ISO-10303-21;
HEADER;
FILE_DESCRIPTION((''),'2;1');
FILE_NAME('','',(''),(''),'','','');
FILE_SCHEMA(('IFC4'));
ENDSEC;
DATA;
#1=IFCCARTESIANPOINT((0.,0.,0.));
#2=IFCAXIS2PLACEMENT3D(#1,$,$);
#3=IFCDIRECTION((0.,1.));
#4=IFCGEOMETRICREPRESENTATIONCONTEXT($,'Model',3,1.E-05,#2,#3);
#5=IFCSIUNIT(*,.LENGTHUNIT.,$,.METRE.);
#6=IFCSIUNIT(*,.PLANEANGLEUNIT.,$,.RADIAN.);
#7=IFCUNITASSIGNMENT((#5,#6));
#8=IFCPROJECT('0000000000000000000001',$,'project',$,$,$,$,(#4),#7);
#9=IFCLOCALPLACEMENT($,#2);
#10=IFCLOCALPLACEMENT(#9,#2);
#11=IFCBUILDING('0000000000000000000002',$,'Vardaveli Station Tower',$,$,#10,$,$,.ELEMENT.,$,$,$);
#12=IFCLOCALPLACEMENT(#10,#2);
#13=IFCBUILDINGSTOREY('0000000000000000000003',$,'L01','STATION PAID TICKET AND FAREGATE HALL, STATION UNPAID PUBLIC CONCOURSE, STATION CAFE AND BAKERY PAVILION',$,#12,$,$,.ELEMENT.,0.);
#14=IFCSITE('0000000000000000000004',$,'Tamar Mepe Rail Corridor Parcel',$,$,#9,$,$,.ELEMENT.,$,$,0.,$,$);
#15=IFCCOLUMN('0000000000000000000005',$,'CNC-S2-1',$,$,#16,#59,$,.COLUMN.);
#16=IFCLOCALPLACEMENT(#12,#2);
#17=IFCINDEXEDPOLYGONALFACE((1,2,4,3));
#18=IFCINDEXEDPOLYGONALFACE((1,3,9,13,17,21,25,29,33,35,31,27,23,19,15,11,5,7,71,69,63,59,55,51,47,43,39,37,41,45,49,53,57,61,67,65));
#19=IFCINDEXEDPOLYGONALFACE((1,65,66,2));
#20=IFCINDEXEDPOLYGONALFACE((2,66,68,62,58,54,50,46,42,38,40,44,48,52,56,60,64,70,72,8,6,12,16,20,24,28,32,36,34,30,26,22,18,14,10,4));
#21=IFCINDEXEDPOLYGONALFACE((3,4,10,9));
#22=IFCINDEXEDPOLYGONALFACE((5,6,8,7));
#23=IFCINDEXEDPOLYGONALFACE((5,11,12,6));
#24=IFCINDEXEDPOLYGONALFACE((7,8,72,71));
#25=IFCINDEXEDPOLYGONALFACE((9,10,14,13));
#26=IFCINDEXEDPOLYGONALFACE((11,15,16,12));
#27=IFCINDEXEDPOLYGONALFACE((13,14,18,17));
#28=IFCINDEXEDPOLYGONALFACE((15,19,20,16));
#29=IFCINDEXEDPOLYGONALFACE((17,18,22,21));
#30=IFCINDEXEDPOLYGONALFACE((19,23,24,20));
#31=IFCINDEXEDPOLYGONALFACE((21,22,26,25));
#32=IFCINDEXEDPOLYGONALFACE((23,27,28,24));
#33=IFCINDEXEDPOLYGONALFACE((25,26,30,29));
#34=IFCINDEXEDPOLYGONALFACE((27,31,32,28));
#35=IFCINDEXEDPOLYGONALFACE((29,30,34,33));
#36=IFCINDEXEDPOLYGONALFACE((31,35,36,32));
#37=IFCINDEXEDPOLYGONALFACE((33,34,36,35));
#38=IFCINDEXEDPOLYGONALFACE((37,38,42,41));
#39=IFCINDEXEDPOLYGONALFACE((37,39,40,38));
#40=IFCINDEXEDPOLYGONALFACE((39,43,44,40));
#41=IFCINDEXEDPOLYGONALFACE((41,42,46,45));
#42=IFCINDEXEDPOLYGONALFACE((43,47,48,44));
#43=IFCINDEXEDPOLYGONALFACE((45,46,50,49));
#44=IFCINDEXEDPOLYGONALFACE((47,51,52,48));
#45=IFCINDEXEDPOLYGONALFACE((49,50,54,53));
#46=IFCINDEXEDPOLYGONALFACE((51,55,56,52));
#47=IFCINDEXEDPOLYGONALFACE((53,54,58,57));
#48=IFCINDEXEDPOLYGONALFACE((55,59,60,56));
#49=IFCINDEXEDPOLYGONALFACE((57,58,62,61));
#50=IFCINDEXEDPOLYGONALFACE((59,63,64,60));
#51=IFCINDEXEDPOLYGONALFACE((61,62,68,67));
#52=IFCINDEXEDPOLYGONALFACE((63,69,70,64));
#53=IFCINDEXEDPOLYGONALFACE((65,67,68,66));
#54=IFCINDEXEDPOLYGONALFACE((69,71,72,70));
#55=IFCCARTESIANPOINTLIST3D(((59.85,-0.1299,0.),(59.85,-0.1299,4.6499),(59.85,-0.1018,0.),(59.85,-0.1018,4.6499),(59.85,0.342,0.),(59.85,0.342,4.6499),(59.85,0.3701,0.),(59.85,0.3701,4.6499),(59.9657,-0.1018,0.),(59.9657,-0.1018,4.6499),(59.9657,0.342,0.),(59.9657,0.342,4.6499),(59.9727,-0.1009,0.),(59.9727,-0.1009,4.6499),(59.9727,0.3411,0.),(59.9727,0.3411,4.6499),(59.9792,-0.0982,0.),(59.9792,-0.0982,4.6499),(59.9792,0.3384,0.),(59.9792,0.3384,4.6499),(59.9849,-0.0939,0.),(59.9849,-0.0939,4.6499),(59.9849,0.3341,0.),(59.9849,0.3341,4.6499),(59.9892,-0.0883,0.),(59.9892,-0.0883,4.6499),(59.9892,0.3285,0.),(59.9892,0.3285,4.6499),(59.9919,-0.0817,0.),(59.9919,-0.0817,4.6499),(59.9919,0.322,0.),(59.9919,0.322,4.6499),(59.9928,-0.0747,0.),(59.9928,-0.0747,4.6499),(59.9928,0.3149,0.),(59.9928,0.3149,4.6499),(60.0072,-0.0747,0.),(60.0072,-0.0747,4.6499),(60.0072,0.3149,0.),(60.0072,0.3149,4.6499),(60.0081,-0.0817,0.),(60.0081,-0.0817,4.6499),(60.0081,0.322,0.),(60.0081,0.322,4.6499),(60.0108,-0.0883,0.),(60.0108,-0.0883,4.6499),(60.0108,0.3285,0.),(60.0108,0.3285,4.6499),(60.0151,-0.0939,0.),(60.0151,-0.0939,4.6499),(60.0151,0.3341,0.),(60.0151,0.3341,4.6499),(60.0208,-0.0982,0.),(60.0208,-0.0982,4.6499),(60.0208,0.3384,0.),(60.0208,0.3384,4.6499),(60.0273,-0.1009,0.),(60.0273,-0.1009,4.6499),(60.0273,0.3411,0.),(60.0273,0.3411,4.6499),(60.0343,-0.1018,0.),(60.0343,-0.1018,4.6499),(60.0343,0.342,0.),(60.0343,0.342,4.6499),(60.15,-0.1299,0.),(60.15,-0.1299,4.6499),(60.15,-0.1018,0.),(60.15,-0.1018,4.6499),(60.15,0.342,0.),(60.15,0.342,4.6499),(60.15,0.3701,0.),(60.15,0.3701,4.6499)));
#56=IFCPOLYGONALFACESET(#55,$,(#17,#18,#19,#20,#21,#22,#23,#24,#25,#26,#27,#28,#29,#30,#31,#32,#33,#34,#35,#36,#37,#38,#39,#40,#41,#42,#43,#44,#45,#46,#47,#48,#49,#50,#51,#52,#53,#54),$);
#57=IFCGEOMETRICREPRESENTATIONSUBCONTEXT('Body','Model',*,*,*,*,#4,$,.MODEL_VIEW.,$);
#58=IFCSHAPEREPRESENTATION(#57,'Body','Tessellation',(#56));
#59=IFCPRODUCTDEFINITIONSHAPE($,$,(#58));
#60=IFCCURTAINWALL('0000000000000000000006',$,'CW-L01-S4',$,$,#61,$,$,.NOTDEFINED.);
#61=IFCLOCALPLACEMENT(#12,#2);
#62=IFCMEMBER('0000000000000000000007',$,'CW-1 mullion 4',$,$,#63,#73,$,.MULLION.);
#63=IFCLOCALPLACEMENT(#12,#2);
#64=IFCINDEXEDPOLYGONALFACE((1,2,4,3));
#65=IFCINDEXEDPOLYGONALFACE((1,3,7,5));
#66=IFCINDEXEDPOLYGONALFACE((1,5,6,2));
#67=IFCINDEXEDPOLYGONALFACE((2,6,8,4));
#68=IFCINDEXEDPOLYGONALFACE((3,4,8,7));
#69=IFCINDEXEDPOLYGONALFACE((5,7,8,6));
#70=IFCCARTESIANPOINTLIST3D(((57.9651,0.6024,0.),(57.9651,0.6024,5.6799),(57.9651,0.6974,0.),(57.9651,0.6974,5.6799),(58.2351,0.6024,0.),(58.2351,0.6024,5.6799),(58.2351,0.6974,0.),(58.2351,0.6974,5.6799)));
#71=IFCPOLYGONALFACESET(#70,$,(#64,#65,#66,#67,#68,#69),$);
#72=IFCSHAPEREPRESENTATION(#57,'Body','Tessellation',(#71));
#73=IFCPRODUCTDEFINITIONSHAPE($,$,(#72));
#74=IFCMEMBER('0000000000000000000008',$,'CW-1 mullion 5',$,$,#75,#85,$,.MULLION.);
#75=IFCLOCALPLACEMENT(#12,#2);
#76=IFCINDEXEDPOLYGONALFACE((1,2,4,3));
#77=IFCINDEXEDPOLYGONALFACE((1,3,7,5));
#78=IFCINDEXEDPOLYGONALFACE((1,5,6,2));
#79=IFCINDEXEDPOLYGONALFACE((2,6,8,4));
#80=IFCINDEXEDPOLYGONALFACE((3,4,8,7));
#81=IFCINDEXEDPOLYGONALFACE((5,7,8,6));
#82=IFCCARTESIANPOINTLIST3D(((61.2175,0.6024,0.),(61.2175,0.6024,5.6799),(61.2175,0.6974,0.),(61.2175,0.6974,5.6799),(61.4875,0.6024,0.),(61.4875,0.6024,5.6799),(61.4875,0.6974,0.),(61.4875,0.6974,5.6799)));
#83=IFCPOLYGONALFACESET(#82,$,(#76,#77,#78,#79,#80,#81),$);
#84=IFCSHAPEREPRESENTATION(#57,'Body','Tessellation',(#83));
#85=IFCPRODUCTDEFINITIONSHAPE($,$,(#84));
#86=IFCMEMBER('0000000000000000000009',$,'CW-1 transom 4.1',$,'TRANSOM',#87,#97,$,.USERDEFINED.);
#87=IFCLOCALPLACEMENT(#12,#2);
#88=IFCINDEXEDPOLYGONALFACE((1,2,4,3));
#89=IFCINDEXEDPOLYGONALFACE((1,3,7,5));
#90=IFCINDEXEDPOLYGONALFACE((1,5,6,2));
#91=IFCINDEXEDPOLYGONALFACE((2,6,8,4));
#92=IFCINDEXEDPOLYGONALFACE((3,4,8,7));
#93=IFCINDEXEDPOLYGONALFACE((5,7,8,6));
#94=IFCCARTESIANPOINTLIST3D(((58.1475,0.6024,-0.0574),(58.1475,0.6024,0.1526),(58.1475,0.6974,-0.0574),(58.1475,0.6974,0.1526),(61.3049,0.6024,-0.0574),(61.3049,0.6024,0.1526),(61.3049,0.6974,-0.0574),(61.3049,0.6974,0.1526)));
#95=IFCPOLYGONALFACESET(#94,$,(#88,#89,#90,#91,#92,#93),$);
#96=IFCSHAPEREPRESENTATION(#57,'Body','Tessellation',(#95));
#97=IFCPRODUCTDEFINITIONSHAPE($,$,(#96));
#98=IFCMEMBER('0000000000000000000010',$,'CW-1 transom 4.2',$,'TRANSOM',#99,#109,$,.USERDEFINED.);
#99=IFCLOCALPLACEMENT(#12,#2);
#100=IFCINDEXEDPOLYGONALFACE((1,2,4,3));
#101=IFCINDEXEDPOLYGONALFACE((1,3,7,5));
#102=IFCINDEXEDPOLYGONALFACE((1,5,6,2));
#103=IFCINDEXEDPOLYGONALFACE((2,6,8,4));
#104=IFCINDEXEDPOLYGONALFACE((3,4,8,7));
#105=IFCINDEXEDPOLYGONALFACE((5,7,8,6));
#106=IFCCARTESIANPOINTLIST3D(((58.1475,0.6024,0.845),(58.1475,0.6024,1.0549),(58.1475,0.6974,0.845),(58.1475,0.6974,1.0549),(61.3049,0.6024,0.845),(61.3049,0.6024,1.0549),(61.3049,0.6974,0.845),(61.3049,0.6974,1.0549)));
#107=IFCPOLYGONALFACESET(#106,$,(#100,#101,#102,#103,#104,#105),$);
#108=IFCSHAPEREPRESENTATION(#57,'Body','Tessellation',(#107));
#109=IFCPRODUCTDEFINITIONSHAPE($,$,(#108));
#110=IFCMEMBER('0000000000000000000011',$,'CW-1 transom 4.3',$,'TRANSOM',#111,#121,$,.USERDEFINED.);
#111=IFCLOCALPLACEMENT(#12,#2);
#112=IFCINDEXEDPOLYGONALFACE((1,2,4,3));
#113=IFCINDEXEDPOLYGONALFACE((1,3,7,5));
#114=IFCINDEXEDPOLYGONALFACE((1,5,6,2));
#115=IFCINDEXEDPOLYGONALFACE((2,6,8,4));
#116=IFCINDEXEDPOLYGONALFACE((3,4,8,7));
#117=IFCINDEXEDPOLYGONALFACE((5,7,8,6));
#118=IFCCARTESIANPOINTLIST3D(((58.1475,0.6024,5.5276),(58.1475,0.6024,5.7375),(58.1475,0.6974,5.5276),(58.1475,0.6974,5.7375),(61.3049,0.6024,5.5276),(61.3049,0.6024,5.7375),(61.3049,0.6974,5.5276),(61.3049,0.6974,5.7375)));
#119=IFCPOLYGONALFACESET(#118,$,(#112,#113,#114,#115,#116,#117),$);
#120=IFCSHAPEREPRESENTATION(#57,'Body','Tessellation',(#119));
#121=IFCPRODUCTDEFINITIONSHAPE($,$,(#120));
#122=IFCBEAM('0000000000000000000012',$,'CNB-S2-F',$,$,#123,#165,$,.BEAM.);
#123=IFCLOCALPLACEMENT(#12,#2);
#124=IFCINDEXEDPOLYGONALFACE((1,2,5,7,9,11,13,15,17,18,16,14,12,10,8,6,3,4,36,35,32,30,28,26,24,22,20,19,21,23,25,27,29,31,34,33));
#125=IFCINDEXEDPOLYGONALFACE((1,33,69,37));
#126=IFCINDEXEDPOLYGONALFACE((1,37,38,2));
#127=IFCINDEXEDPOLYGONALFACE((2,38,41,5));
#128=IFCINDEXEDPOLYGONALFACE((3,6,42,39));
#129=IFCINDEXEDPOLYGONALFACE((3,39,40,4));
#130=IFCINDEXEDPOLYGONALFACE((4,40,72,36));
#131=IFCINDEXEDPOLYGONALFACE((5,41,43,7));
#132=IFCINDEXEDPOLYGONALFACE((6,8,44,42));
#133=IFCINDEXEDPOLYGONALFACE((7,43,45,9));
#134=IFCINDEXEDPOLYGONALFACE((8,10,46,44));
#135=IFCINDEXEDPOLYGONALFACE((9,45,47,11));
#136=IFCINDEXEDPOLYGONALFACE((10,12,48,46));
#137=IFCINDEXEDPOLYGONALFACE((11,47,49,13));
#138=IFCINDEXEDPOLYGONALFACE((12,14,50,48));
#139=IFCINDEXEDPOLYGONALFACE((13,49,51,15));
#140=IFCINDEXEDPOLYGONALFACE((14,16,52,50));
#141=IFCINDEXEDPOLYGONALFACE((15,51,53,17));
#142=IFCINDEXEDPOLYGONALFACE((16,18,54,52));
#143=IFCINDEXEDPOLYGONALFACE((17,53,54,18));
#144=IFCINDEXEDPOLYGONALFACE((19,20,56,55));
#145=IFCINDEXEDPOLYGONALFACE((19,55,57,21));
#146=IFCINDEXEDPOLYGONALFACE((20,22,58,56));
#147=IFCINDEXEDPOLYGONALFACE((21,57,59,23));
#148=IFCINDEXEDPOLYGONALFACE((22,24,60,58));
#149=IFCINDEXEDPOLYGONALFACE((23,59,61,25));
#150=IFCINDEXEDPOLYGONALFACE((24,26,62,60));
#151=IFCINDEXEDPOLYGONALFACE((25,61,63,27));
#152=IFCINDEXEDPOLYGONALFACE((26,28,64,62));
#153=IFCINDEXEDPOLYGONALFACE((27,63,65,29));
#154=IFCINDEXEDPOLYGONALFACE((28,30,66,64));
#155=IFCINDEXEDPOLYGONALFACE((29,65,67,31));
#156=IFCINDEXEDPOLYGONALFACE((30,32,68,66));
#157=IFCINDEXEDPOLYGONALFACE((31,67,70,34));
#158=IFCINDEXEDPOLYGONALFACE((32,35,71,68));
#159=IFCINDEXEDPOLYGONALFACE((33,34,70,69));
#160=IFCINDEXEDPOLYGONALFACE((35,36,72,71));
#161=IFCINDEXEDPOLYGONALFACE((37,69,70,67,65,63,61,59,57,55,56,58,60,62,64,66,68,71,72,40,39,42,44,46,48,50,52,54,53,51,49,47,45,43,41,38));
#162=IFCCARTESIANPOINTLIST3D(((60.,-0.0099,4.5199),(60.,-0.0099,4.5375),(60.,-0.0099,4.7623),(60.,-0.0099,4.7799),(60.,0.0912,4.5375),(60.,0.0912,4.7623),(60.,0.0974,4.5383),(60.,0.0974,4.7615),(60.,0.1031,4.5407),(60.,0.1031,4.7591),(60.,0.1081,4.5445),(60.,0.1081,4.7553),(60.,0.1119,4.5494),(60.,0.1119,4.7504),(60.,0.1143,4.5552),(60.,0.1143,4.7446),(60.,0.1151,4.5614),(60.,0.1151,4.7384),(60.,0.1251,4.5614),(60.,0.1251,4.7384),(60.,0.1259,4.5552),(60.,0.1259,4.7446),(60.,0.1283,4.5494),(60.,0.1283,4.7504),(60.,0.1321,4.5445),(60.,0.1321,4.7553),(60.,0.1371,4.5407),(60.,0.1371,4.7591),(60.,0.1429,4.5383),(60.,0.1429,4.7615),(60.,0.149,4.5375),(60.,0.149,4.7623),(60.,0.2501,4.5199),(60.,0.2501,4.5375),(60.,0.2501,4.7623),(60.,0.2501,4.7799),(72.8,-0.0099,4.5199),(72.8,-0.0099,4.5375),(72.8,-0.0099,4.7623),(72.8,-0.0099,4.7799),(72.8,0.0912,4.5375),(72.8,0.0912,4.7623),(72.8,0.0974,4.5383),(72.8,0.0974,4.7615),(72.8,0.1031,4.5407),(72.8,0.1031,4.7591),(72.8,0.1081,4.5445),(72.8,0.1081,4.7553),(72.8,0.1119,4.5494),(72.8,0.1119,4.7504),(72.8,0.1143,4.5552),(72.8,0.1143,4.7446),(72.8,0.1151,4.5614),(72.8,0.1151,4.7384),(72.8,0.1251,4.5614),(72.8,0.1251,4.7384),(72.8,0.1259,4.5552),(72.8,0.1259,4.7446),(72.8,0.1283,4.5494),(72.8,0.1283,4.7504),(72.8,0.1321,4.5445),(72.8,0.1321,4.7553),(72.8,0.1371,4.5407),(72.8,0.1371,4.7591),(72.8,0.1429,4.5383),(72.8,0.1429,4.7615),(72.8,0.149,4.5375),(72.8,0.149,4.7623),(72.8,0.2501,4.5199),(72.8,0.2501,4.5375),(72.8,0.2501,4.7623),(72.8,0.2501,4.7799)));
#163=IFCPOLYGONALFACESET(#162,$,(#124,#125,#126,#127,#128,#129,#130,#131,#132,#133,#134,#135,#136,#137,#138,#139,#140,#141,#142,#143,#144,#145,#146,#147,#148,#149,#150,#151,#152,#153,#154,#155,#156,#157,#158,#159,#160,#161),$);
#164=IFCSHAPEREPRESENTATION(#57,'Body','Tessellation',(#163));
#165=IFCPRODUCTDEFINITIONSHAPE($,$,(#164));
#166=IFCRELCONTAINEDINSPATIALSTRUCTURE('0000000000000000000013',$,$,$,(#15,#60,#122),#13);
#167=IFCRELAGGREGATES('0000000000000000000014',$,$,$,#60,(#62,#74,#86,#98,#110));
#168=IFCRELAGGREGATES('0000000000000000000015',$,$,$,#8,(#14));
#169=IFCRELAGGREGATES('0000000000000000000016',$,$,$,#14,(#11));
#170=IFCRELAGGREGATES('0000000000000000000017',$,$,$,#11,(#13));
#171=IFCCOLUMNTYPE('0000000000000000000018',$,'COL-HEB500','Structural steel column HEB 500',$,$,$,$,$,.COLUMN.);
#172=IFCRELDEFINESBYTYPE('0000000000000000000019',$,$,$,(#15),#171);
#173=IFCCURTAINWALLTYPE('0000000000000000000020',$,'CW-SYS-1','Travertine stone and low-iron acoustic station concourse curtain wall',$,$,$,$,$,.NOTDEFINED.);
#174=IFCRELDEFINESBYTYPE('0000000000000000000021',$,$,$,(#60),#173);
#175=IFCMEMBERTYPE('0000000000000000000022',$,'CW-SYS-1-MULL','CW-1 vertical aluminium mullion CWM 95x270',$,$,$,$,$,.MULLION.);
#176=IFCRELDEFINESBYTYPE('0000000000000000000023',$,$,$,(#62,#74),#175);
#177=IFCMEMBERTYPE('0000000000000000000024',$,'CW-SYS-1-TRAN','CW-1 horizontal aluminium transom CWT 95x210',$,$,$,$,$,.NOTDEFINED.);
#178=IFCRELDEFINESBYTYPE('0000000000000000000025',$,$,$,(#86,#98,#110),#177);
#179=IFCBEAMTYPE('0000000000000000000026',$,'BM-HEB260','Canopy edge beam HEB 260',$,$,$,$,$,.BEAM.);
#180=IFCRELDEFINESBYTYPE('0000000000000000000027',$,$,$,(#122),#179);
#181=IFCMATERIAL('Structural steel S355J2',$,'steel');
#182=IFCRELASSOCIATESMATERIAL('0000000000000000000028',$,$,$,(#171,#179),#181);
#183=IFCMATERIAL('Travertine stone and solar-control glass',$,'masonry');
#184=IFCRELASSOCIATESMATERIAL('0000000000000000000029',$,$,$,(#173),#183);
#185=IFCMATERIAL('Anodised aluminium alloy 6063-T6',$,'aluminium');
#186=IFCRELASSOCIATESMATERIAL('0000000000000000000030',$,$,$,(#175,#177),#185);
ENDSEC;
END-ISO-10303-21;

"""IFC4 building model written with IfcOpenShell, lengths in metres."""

from ifc_helpers import new_model, si_unit, direction, frame, origin, origin_2d, place, context, subcontext, project, spatial, rectangle, i_section, extrude, source, transform, mapped, material, material_profile, profile_set, type_object, element, aggregate, save


model = new_model("IFC4")

# Units and contexts
model_context = context("Model", 3, precision=1e-05, world=origin(), true_north=direction((0.0, 1.0)))
body_context = subcontext(model_context, "Body", "Model", "MODEL_VIEW")
ifc_project = project(units=[si_unit("LENGTHUNIT", "METRE"), si_unit("PLANEANGLEUNIT", "RADIAN")], contexts=[model_context])

# Site, building, storey
site_placement = place(None, origin())
site = spatial("IfcSite", under=ifc_project, at=site_placement, Name="Tamar Mepe Rail Corridor Parcel", CompositionType="ELEMENT", RefElevation=0.0)
building_placement = place(site_placement, origin())
building = spatial("IfcBuilding", under=site, at=building_placement, Name="Vardaveli Station Tower", CompositionType="ELEMENT")
storey_placement = place(building_placement, origin())
storey = spatial("IfcBuildingStorey", under=building, at=storey_placement, Name="L01", Description="STATION PAID TICKET AND FAREGATE HALL, STATION UNPAID PUBLIC CONCOURSE, STATION CAFE AND BAKERY PAVILION", CompositionType="ELEMENT", Elevation=0.0)

# Column
ifc_material_1 = material(Name="Structural steel S355J2", Category="steel")
ifc_material_profile_1 = material_profile(ifc_material_1, i_section(OverallWidth=0.3, OverallDepth=0.5, WebThickness=0.0144, FlangeThickness=0.0281, FilletRadius=0.0271, at=origin_2d()), Name="HEB 500")
ifc_profile_set_1 = profile_set([ifc_material_profile_1], Name="Structural steel S355J2")
column_type = type_object("IfcColumnType", Name="COL-HEB500", Description="Structural steel column HEB 500", PredefinedType="COLUMN", material=ifc_profile_set_1)
shared_shape_1 = source(origin(), body_context, "Body", "SweptSolid", [
    extrude(i_section(OverallWidth=0.3, OverallDepth=0.5, WebThickness=0.0144, FlangeThickness=0.0281, FilletRadius=0.0271, at=origin_2d()), origin(), (0.0, 0.0, 1.0), 4.6499),
])
column_placement = place(storey_placement, frame((60.0, 0.1201, 0.0), z_axis=(0.0, 0.0, 1.0), x_axis=(1.0, 0.0, 0.0)))
element("IfcColumn", 1, at=column_placement, inside=storey, type_object=column_type, Name="CNC-S2-1", PredefinedType="COLUMN", context=body_context, shape_type="MappedRepresentation", body=[
    mapped(shared_shape_1, transform((0.0, 0.0, 0.0), scale=1.0)),
])

# Curtain wall, members
ifc_material_2 = material(Name="Travertine stone and solar-control glass", Category="masonry")
curtain_wall_type = type_object("IfcCurtainWallType", Name="CW-SYS-1", Description="Travertine stone and low-iron acoustic station concourse curtain wall", PredefinedType="NOTDEFINED", material=ifc_material_2)
curtain_wall_placement = place(storey_placement, origin())
curtain_wall = element("IfcCurtainWall", 2, at=curtain_wall_placement, inside=storey, type_object=curtain_wall_type, Name="CW-L01-S4", PredefinedType="NOTDEFINED")
ifc_material_3 = material(Name="Anodised aluminium alloy 6063-T6", Category="aluminium")
ifc_material_profile_2 = material_profile(ifc_material_3, rectangle(XDim=0.095, YDim=0.27, at=origin_2d()), Name="CWM 95x270")
ifc_profile_set_2 = profile_set([ifc_material_profile_2], Name="Anodised aluminium alloy 6063-T6")
member_type_1 = type_object("IfcMemberType", Name="CW-SYS-1-MULL", Description="CW-1 vertical aluminium mullion CWM 95x270", PredefinedType="MULLION", material=ifc_profile_set_2)
shared_shape_2 = source(origin(), body_context, "Body", "SweptSolid", [
    extrude(rectangle(XDim=0.095, YDim=0.27, at=origin_2d()), origin(), (0.0, 0.0, 1.0), 5.6799),
])
member_1_placement = place(storey_placement, frame((58.1001, 0.6499, 0.0), z_axis=(0.0, 0.0, 1.0), x_axis=(0.0, 1.0, 0.0)))
member_1 = element("IfcMember", 3, at=member_1_placement, type_object=member_type_1, Name="CW-1 mullion 4", PredefinedType="MULLION", context=body_context, shape_type="MappedRepresentation", body=[
    mapped(shared_shape_2, transform((0.0, 0.0, 0.0), scale=1.0)),
])
member_2_placement = place(storey_placement, frame((61.3525, 0.6499, 0.0), z_axis=(0.0, 0.0, 1.0), x_axis=(0.0, 1.0, 0.0)))
member_2 = element("IfcMember", 4, at=member_2_placement, type_object=member_type_1, Name="CW-1 mullion 5", PredefinedType="MULLION", context=body_context, shape_type="MappedRepresentation", body=[
    mapped(shared_shape_2, transform((0.0, 0.0, 0.0), scale=1.0)),
])
ifc_material_profile_3 = material_profile(ifc_material_3, rectangle(XDim=0.095, YDim=0.21, at=origin_2d()), Name="CWT 95x210")
ifc_profile_set_3 = profile_set([ifc_material_profile_3], Name="Anodised aluminium alloy 6063-T6")
member_type_2 = type_object("IfcMemberType", Name="CW-SYS-1-TRAN", Description="CW-1 horizontal aluminium transom CWT 95x210", PredefinedType="NOTDEFINED", material=ifc_profile_set_3)
shared_shape_3 = source(origin(), body_context, "Body", "SweptSolid", [
    extrude(rectangle(XDim=0.095, YDim=0.21, at=origin_2d()), origin(), (0.0, 0.0, 1.0), 3.1575),
])
member_3_placement = place(storey_placement, frame((58.1475, 0.6499, 0.0476), z_axis=(1.0, 0.0, 0.0), x_axis=(0.0, 1.0, 0.0)))
member_3 = element("IfcMember", 5, at=member_3_placement, type_object=member_type_2, Name="CW-1 transom 4.1", ObjectType="TRANSOM", PredefinedType="USERDEFINED", context=body_context, shape_type="MappedRepresentation", body=[
    mapped(shared_shape_3, transform((0.0, 0.0, 0.0), scale=1.0)),
])
member_4_placement = place(storey_placement, frame((58.1475, 0.6499, 0.95), z_axis=(1.0, 0.0, 0.0), x_axis=(0.0, 1.0, 0.0)))
member_4 = element("IfcMember", 6, at=member_4_placement, type_object=member_type_2, Name="CW-1 transom 4.2", ObjectType="TRANSOM", PredefinedType="USERDEFINED", context=body_context, shape_type="MappedRepresentation", body=[
    mapped(shared_shape_3, transform((0.0, 0.0, 0.0), scale=1.0)),
])
member_5_placement = place(storey_placement, frame((58.1475, 0.6499, 5.6326), z_axis=(1.0, 0.0, 0.0), x_axis=(0.0, 1.0, 0.0)))
member_5 = element("IfcMember", 7, at=member_5_placement, type_object=member_type_2, Name="CW-1 transom 4.3", ObjectType="TRANSOM", PredefinedType="USERDEFINED", context=body_context, shape_type="MappedRepresentation", body=[
    mapped(shared_shape_3, transform((0.0, 0.0, 0.0), scale=1.0)),
])

# Beam
ifc_material_profile_4 = material_profile(ifc_material_1, i_section(OverallWidth=0.26, OverallDepth=0.26, WebThickness=0.01, FlangeThickness=0.0176, FilletRadius=0.0239, at=origin_2d()), Name="HEB 260")
ifc_profile_set_4 = profile_set([ifc_material_profile_4], Name="Structural steel S355J2")
beam_type = type_object("IfcBeamType", Name="BM-HEB260", Description="Canopy edge beam HEB 260", PredefinedType="BEAM", material=ifc_profile_set_4)
shared_shape_4 = source(origin(), body_context, "Body", "SweptSolid", [
    extrude(i_section(OverallWidth=0.26, OverallDepth=0.26, WebThickness=0.01, FlangeThickness=0.0176, FilletRadius=0.0239, at=origin_2d()), origin(), (0.0, 0.0, 1.0), 12.8),
])
beam_placement = place(storey_placement, frame((60.0, 0.1201, 4.6499), z_axis=(1.0, 0.0, 0.0), x_axis=(0.0, 1.0, 0.0)))
element("IfcBeam", 8, at=beam_placement, inside=storey, type_object=beam_type, Name="CNB-S2-F", PredefinedType="BEAM", context=body_context, shape_type="MappedRepresentation", body=[
    mapped(shared_shape_4, transform((0.0, 0.0, 0.0), scale=1.0)),
])

aggregate(curtain_wall, [member_1, member_2, member_3, member_4, member_5])

save(model, "model.ifc")
